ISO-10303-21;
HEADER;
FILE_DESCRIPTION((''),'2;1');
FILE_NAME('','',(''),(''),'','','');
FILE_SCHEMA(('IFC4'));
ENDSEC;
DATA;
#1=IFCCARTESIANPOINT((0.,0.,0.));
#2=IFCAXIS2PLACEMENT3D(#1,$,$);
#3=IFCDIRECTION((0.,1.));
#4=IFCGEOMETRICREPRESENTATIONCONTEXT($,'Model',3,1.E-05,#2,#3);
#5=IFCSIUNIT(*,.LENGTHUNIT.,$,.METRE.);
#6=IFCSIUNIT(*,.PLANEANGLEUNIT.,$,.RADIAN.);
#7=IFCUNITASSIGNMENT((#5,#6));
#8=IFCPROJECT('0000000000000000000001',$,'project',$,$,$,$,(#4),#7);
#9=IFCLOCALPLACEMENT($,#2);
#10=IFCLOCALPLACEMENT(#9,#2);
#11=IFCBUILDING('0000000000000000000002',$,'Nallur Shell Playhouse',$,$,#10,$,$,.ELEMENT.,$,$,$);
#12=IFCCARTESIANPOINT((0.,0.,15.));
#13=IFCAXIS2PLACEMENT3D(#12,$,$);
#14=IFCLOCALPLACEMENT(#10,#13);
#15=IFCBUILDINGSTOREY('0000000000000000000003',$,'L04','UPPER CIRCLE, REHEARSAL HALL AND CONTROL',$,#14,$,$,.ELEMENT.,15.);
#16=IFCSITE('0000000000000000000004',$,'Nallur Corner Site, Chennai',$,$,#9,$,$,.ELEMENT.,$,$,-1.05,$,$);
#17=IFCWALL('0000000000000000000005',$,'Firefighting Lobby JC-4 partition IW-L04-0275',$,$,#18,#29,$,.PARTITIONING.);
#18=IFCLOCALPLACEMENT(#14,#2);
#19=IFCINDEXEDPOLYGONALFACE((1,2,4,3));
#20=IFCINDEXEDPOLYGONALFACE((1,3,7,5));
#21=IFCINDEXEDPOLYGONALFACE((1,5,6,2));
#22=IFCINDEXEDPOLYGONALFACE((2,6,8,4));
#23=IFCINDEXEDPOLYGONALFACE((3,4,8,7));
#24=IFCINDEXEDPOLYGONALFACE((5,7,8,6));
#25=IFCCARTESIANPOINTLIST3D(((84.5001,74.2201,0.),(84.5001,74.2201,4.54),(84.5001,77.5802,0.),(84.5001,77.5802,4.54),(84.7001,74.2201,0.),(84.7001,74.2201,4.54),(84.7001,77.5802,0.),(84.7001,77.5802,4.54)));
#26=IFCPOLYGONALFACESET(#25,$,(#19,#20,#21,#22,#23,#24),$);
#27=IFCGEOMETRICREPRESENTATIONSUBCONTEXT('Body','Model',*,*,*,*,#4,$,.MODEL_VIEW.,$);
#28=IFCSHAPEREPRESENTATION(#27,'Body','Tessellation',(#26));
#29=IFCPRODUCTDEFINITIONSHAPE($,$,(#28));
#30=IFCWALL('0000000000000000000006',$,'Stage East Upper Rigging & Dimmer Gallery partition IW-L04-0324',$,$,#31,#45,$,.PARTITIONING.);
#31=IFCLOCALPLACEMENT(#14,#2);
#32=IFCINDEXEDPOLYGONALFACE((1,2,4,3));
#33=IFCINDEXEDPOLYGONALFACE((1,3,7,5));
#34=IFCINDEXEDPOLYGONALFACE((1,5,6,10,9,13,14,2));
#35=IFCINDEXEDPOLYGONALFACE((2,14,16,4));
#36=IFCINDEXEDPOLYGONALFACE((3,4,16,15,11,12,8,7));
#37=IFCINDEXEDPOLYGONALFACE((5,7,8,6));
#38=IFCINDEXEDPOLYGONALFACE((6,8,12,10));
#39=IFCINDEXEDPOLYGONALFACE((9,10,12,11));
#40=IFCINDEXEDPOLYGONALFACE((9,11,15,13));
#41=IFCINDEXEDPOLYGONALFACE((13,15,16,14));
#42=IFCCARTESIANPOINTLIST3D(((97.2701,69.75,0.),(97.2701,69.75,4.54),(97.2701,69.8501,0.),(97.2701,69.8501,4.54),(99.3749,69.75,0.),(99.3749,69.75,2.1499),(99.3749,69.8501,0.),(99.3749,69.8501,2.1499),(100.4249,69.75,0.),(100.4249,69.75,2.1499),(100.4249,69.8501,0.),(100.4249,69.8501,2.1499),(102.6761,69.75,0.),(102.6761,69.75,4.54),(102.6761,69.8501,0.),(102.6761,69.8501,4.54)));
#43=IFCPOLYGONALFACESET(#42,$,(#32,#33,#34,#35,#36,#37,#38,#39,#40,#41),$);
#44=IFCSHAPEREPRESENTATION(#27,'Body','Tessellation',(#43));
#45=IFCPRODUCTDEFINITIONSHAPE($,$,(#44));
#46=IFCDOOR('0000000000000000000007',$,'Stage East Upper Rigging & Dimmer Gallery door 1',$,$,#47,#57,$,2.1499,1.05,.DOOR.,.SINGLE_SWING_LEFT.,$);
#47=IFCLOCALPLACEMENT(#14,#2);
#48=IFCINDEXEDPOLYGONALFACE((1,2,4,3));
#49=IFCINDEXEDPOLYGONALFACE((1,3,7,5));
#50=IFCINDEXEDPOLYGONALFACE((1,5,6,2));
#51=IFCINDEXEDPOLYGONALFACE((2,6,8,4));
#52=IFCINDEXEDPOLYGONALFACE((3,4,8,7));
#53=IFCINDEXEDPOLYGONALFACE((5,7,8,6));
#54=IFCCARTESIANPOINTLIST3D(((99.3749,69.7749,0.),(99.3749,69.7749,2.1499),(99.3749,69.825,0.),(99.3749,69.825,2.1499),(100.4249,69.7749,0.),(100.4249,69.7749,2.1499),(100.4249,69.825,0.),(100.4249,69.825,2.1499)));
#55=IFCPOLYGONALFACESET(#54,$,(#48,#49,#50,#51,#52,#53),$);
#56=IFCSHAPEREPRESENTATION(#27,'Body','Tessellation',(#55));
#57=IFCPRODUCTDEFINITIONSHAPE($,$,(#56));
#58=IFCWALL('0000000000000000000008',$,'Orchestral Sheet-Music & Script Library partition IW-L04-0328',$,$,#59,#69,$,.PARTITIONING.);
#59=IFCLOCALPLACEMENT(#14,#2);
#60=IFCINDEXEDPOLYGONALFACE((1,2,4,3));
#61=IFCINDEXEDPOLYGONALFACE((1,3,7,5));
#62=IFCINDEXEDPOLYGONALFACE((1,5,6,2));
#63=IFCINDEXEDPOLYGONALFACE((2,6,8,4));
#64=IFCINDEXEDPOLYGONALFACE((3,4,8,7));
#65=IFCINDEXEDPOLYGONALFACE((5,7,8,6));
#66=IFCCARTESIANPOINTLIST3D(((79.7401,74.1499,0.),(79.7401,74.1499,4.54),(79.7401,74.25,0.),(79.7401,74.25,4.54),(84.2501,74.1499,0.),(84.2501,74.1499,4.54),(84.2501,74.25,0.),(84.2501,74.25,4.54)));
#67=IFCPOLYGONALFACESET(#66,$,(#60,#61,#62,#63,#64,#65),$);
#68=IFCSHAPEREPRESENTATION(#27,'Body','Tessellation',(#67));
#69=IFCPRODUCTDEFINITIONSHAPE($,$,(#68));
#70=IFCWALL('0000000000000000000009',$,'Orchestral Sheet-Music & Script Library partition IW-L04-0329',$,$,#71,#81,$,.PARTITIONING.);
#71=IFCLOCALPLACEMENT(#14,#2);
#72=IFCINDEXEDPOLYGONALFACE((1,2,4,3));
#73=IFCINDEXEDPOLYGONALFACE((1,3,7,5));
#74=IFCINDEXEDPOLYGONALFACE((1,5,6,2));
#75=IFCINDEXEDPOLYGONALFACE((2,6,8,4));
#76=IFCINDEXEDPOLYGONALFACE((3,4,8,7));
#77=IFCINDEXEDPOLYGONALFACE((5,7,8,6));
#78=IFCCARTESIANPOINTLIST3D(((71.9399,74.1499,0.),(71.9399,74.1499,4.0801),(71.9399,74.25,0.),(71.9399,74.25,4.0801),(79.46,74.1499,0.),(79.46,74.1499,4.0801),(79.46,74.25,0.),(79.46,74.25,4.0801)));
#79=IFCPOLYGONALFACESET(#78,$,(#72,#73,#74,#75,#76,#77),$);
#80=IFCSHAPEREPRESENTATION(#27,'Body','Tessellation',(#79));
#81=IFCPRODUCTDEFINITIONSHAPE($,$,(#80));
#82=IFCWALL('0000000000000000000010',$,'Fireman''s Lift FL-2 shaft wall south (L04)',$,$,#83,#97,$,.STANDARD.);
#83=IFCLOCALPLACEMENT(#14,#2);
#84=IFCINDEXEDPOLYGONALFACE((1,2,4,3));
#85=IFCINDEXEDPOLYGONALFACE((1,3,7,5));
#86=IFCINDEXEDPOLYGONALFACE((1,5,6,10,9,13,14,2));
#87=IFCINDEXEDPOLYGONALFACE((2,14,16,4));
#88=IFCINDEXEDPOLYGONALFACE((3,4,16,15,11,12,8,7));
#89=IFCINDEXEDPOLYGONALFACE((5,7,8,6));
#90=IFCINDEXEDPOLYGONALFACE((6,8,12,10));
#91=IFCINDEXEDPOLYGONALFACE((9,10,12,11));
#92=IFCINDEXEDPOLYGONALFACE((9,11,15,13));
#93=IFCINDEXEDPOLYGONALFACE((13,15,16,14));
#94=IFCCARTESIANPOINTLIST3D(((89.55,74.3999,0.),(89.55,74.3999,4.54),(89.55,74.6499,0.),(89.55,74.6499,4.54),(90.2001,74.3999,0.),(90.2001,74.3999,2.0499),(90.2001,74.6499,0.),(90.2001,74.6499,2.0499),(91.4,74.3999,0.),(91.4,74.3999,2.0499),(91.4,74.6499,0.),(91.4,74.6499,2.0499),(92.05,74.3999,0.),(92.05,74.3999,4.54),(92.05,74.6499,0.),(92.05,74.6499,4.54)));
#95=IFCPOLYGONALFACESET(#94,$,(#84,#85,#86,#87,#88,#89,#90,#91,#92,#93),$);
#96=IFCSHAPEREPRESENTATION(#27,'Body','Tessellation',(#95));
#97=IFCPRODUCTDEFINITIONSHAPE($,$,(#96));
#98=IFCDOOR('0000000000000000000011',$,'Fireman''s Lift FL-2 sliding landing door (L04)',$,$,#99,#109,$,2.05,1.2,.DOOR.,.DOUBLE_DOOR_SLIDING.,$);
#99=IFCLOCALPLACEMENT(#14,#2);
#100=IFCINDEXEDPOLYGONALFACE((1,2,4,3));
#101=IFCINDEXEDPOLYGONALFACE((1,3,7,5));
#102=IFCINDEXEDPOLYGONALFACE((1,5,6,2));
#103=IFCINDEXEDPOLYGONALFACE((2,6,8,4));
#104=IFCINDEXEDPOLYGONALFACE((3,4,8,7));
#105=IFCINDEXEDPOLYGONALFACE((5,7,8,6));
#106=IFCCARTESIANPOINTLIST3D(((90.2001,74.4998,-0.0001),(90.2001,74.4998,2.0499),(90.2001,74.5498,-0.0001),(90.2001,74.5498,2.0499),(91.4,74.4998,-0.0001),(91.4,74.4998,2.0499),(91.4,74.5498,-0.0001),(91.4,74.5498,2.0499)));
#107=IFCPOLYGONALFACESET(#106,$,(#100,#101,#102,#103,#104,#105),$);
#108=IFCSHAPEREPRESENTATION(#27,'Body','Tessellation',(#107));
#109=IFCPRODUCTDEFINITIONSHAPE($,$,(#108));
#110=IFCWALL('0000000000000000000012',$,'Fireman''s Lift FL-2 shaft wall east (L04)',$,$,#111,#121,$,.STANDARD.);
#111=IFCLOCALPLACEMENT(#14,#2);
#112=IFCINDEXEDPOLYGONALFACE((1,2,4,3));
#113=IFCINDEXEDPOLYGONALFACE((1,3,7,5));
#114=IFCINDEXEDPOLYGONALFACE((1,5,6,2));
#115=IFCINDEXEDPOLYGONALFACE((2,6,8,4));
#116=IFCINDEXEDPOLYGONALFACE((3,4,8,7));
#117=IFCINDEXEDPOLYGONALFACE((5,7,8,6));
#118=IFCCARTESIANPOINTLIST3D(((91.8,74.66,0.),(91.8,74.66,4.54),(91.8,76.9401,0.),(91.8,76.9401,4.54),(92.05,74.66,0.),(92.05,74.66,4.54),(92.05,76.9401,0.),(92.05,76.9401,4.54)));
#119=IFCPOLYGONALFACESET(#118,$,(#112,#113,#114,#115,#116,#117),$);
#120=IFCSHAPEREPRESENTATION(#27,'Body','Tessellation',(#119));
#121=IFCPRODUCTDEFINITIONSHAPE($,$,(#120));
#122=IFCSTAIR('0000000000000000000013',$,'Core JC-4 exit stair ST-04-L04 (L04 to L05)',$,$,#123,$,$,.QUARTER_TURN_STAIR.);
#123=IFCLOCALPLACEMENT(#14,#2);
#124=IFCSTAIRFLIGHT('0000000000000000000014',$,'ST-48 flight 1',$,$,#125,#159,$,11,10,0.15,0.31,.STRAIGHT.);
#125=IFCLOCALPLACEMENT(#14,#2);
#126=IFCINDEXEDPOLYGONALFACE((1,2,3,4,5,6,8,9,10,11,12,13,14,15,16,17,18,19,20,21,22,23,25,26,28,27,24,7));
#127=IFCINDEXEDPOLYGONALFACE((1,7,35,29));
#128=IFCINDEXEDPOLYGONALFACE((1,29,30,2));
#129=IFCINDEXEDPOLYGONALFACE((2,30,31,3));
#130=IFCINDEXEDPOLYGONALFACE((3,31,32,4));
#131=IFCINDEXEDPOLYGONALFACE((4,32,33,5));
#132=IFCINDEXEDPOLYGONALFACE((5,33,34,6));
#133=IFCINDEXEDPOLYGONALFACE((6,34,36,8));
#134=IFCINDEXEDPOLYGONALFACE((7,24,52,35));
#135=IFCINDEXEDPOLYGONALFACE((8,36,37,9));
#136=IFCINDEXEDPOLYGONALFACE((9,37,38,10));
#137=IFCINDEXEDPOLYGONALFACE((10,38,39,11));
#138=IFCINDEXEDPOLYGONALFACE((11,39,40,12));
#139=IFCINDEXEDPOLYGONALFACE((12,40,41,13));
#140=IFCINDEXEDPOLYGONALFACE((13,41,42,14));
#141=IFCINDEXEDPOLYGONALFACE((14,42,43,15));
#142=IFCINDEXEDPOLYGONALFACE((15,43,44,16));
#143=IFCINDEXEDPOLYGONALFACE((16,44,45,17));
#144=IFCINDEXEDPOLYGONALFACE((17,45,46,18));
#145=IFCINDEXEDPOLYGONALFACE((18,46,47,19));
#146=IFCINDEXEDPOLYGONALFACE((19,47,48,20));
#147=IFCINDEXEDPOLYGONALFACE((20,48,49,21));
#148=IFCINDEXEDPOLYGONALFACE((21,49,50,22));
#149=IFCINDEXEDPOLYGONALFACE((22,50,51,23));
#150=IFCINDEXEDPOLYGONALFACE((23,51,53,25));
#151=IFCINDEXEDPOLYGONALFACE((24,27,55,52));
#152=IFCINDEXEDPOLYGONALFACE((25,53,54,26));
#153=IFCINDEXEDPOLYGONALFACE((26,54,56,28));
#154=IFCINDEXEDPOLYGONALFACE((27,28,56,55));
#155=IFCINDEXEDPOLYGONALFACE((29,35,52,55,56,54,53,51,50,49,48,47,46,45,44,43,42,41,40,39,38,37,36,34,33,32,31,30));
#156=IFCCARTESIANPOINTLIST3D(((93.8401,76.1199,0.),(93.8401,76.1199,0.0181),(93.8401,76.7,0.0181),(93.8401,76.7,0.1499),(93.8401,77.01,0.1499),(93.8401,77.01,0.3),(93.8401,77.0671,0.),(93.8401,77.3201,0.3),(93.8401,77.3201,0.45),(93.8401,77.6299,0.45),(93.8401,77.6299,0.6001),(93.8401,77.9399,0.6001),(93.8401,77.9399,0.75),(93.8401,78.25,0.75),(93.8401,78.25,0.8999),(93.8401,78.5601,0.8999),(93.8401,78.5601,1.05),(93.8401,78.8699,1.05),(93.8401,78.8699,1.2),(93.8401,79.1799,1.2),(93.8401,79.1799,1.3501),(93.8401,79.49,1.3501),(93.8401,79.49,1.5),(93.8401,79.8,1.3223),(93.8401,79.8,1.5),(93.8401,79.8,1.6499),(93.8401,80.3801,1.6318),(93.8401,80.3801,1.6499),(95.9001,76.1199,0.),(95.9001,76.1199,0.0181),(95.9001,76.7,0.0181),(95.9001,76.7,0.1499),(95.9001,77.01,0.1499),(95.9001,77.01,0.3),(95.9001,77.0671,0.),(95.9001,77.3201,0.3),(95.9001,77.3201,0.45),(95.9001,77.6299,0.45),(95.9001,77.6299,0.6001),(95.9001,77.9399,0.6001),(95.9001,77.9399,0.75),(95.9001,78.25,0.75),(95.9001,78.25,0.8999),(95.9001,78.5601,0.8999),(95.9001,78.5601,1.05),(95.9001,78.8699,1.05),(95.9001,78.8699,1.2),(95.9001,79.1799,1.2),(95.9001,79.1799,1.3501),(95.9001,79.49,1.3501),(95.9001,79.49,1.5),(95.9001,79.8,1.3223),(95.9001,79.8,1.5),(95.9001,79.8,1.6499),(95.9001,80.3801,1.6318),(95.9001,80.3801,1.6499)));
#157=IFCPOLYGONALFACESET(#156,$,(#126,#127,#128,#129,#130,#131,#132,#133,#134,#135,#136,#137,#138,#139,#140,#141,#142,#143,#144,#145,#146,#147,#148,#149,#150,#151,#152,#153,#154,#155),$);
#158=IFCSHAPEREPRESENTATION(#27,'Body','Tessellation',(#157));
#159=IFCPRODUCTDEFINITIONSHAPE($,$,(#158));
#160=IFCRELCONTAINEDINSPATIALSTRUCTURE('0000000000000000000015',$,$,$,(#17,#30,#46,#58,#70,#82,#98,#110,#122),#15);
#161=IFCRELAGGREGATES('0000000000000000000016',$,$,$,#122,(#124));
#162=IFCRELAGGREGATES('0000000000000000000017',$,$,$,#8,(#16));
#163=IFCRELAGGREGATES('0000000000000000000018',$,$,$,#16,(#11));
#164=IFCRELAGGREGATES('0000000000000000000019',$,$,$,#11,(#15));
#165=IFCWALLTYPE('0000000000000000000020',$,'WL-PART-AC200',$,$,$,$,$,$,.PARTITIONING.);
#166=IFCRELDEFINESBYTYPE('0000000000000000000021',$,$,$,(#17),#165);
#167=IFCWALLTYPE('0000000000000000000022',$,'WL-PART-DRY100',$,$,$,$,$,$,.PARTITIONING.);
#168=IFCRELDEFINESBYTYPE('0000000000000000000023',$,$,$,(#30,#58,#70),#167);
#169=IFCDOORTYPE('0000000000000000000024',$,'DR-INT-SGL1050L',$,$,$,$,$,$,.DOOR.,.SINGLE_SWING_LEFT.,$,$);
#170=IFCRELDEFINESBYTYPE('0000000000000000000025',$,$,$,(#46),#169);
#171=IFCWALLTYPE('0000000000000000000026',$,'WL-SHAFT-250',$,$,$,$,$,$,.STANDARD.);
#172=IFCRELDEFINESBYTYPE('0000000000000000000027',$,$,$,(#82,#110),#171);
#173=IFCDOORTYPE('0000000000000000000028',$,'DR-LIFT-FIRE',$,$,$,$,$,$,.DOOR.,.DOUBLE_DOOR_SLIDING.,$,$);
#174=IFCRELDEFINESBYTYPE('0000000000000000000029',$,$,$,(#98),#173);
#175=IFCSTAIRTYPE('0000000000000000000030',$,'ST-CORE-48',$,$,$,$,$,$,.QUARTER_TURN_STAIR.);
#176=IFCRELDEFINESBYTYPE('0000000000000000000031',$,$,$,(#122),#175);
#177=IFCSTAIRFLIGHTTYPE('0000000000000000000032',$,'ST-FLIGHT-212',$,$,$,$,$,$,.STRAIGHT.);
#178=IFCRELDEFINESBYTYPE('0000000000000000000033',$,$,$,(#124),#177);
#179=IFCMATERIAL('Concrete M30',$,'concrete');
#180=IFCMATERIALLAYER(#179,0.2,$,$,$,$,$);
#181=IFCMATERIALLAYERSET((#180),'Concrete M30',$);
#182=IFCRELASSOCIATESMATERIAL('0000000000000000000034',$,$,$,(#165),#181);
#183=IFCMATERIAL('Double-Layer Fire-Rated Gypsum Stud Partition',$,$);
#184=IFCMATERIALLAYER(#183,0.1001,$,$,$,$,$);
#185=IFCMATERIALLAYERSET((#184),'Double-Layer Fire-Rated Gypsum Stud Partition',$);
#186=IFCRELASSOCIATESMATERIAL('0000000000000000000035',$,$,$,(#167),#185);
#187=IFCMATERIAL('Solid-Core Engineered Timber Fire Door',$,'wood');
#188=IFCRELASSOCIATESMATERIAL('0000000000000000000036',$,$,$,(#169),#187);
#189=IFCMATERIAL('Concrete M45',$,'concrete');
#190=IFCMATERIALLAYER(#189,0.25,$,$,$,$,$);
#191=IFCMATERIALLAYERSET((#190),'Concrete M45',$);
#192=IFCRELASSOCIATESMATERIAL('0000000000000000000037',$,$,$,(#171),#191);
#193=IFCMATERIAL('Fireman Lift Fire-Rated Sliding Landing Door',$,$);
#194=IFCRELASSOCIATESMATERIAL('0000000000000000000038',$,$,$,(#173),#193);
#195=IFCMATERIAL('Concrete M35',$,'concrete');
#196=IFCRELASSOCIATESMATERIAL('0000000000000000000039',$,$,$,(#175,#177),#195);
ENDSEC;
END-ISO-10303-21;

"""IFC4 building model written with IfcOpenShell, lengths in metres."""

from ifc_helpers import new_model, si_unit, direction, frame, frame_2d, origin, place, context, subcontext, project, spatial, polyline, rectangle, outline, extrude, material, layer, layer_set, type_object, element, fill, aggregate, save


model = new_model("IFC4")

# Units and contexts
model_context = context("Model", 3, precision=1e-05, world=origin(), true_north=direction((0.0, 1.0)))
body_context = subcontext(model_context, "Body", "Model", "MODEL_VIEW")
ifc_project = project(units=[si_unit("LENGTHUNIT", "METRE"), si_unit("PLANEANGLEUNIT", "RADIAN")], contexts=[model_context])

# Site, building, storey
site_placement = place(None, origin())
site = spatial("IfcSite", under=ifc_project, at=site_placement, Name="Nallur Corner Site, Chennai", CompositionType="ELEMENT", RefElevation=-1.05)
building_placement = place(site_placement, origin())
building = spatial("IfcBuilding", under=site, at=building_placement, Name="Nallur Shell Playhouse", CompositionType="ELEMENT")
storey_placement = place(building_placement, frame((0.0, 0.0, 15.0)))
storey = spatial("IfcBuildingStorey", under=building, at=storey_placement, Name="L04", Description="UPPER CIRCLE, REHEARSAL HALL AND CONTROL", CompositionType="ELEMENT", Elevation=15.0)

# Shared definitions
ifc_material_1 = material(Name="Concrete M35", Category="concrete")

# Shared definitions
ifc_material_2 = material(Name="Concrete M45", Category="concrete")

# Wall
ifc_material_3 = material(Name="Concrete M30", Category="concrete")
ifc_layer_1 = layer(ifc_material_3, 0.2)
ifc_layer_set_1 = layer_set([ifc_layer_1], Name="Concrete M30")
wall_type_1 = type_object("IfcWallType", Name="WL-PART-AC200", PredefinedType="PARTITIONING", material=ifc_layer_set_1)
wall_1_placement = place(storey_placement, frame((84.6001, 74.22, 0.0), z_axis=(0.0, 0.0, 1.0), x_axis=(0.0, 1.0, 0.0)))
element("IfcWall", 1, at=wall_1_placement, inside=storey, type_object=wall_type_1, Name="Firefighting Lobby JC-4 partition IW-L04-0275", PredefinedType="PARTITIONING", context=body_context, shape_type="SweptSolid", body=[
    extrude(rectangle(XDim=3.3601, YDim=0.2, at=frame_2d((1.6802, 0.0))), origin(), (0.0, 0.0, 1.0), 4.54),
])

# Wall, opening, door
ifc_material_4 = material(Name="Double-Layer Fire-Rated Gypsum Stud Partition")
ifc_layer_2 = layer(ifc_material_4, 0.1001)
ifc_layer_set_2 = layer_set([ifc_layer_2], Name="Double-Layer Fire-Rated Gypsum Stud Partition")
wall_type_2 = type_object("IfcWallType", Name="WL-PART-DRY100", PredefinedType="PARTITIONING", material=ifc_layer_set_2)
wall_2_placement = place(storey_placement, frame((97.27, 69.8, 0.0), z_axis=(0.0, 0.0, 1.0), x_axis=(1.0, 0.0, 0.0)))
wall_2 = element("IfcWall", 2, at=wall_2_placement, inside=storey, type_object=wall_type_2, Name="Stage East Upper Rigging & Dimmer Gallery partition IW-L04-0324", PredefinedType="PARTITIONING", context=body_context, shape_type="SweptSolid", body=[
    extrude(rectangle(XDim=5.406, YDim=0.1001, at=frame_2d((2.7031, 0.0))), origin(), (0.0, 0.0, 1.0), 4.54),
])
opening_1_placement = place(wall_2_placement, frame((2.105, 0.0, 0.0)))
opening_1 = element("IfcOpeningElement", 3, at=opening_1_placement, cuts=wall_2, PredefinedType="OPENING", context=body_context, shape_type="SweptSolid", body=[
    extrude(rectangle(XDim=1.05, YDim=2.1499, at=frame_2d((0.5249, 1.075))), frame((0.0, 0.0601, 0.0), z_axis=(0.0, -1.0, 0.0), x_axis=(1.0, 0.0, 0.0)), (0.0, 0.0, 1.0), 0.1201),
])
ifc_material_5 = material(Name="Solid-Core Engineered Timber Fire Door", Category="wood")
door_type_1 = type_object("IfcDoorType", Name="DR-INT-SGL1050L", OperationType="SINGLE_SWING_LEFT", PredefinedType="DOOR", material=ifc_material_5)
door_1_placement = place(opening_1_placement, origin())
door_1 = element("IfcDoor", 4, at=door_1_placement, inside=storey, type_object=door_type_1, Name="Stage East Upper Rigging & Dimmer Gallery door 1", OperationType="SINGLE_SWING_LEFT", OverallHeight=2.1499, OverallWidth=1.05, PredefinedType="DOOR", context=body_context, shape_type="SweptSolid", body=[
    extrude(rectangle(XDim=1.05, YDim=2.1499, at=frame_2d((0.5249, 1.075))), frame((0.0, 0.0249, 0.0), z_axis=(0.0, -1.0, 0.0), x_axis=(1.0, 0.0, 0.0)), (0.0, 0.0, 1.0), 0.05),
])
fill(opening_1, door_1)

# Walls
wall_3_placement = place(storey_placement, frame((84.25, 74.2, 0.0), z_axis=(0.0, 0.0, 1.0), x_axis=(-1.0, 0.0, 0.0)))
element("IfcWall", 5, at=wall_3_placement, inside=storey, type_object=wall_type_2, Name="Orchestral Sheet-Music & Script Library partition IW-L04-0328", PredefinedType="PARTITIONING", context=body_context, shape_type="SweptSolid", body=[
    extrude(rectangle(XDim=4.51, YDim=0.1001, at=frame_2d((2.2549, 0.0))), origin(), (0.0, 0.0, 1.0), 4.54),
])
wall_4_placement = place(storey_placement, frame((79.46, 74.2, 0.0), z_axis=(0.0, 0.0, 1.0), x_axis=(-1.0, 0.0, 0.0)))
element("IfcWall", 6, at=wall_4_placement, inside=storey, type_object=wall_type_2, Name="Orchestral Sheet-Music & Script Library partition IW-L04-0329", PredefinedType="PARTITIONING", context=body_context, shape_type="SweptSolid", body=[
    extrude(rectangle(XDim=7.52, YDim=0.1001, at=frame_2d((3.76, 0.0))), origin(), (0.0, 0.0, 1.0), 4.0801),
])

# Wall, opening, door
ifc_layer_3 = layer(ifc_material_2, 0.25)
ifc_layer_set_3 = layer_set([ifc_layer_3], Name="Concrete M45")
wall_type_3 = type_object("IfcWallType", Name="WL-SHAFT-250", PredefinedType="STANDARD", material=ifc_layer_set_3)
wall_5_placement = place(storey_placement, frame((89.55, 74.5249, 0.0), z_axis=(0.0, 0.0, 1.0), x_axis=(1.0, 0.0, 0.0)))
wall_5 = element("IfcWall", 7, at=wall_5_placement, inside=storey, type_object=wall_type_3, Name="Fireman's Lift FL-2 shaft wall south (L04)", PredefinedType="STANDARD", context=body_context, shape_type="SweptSolid", body=[
    extrude(rectangle(XDim=2.5, YDim=0.25, at=frame_2d((1.25, 0.0))), origin(), (0.0, 0.0, 1.0), 4.54),
])
opening_2_placement = place(wall_5_placement, frame((0.6499, 0.0, 0.0)))
opening_2 = element("IfcOpeningElement", 8, at=opening_2_placement, cuts=wall_5, PredefinedType="OPENING", context=body_context, shape_type="SweptSolid", body=[
    extrude(rectangle(XDim=1.2, YDim=2.05, at=frame_2d((0.6001, 1.0249))), frame((0.0, 0.135, 0.0), z_axis=(0.0, -1.0, 0.0), x_axis=(1.0, 0.0, 0.0)), (0.0, 0.0, 1.0), 0.27),
])
ifc_material_6 = material(Name="Fireman Lift Fire-Rated Sliding Landing Door")
door_type_2 = type_object("IfcDoorType", Name="DR-LIFT-FIRE", OperationType="DOUBLE_DOOR_SLIDING", PredefinedType="DOOR", material=ifc_material_6)
door_2_placement = place(opening_2_placement, origin())
door_2 = element("IfcDoor", 9, at=door_2_placement, inside=storey, type_object=door_type_2, Name="Fireman's Lift FL-2 sliding landing door (L04)", OperationType="DOUBLE_DOOR_SLIDING", OverallHeight=2.05, OverallWidth=1.2, PredefinedType="DOOR", context=body_context, shape_type="SweptSolid", body=[
    extrude(rectangle(XDim=1.2, YDim=2.05, at=frame_2d((0.6001, 1.0249))), frame((0.0, 0.0249, 0.0), z_axis=(0.0, -1.0, 0.0), x_axis=(1.0, 0.0, 0.0)), (0.0, 0.0, 1.0), 0.05),
])
fill(opening_2, door_2)

# Wall
wall_6_placement = place(storey_placement, frame((91.925, 74.6599, 0.0), z_axis=(0.0, 0.0, 1.0), x_axis=(0.0, 1.0, 0.0)))
element("IfcWall", 10, at=wall_6_placement, inside=storey, type_object=wall_type_3, Name="Fireman's Lift FL-2 shaft wall east (L04)", PredefinedType="STANDARD", context=body_context, shape_type="SweptSolid", body=[
    extrude(rectangle(XDim=2.28, YDim=0.25, at=frame_2d((1.1401, 0.0))), origin(), (0.0, 0.0, 1.0), 4.54),
])

# Stair, stair flight
stair_type = type_object("IfcStairType", Name="ST-CORE-48", PredefinedType="QUARTER_TURN_STAIR", material=ifc_material_1)
stair_placement = place(storey_placement, origin())
stair = element("IfcStair", 11, at=stair_placement, inside=storey, type_object=stair_type, Name="Core JC-4 exit stair ST-04-L04 (L04 to L05)", PredefinedType="QUARTER_TURN_STAIR")
stair_flight_type = type_object("IfcStairFlightType", Name="ST-FLIGHT-212", PredefinedType="STRAIGHT", material=ifc_material_1)
stair_flight_placement = place(storey_placement, frame((94.8701, 76.7, 0.0), z_axis=(0.0, 0.0, 1.0), x_axis=(0.0, 1.0, 0.0)))
stair_flight = element("IfcStairFlight", 12, at=stair_flight_placement, type_object=stair_flight_type, Name="ST-48 flight 1", NumberOfRisers=11, NumberOfTreads=10, PredefinedType="STRAIGHT", RiserHeight=0.15, TreadLength=0.31, context=body_context, shape_type="SweptSolid", body=[
    extrude(outline(polyline([(-0.5801, 0.0), (-0.5801, 0.0181), (0.0, 0.0181), (0.0, 0.1499), (0.3101, 0.1499), (0.3101, 0.3), (0.6201, 0.3), (0.6201, 0.45), (0.9299, 0.45), (0.9299, 0.6001), (1.24, 0.6001), (1.24, 0.75), (1.55, 0.75), (1.55, 0.8999), (1.8601, 0.8999), (1.8601, 1.05), (2.1699, 1.05), (2.1699, 1.2), (2.48, 1.2), (2.48, 1.3501), (2.79, 1.3501), (2.79, 1.5), (3.1001, 1.5), (3.1001, 1.6499), (3.6802, 1.6499), (3.6802, 1.6318), (3.1001, 1.3223), (0.3672, 0.0), (-0.5801, 0.0)])), frame((0.0, 1.03, 0.0), z_axis=(0.0, -1.0, 0.0), x_axis=(1.0, 0.0, 0.0)), (0.0, 0.0, 1.0), 2.0601),
])
aggregate(stair, [stair_flight])

save(model, "model.ifc")
